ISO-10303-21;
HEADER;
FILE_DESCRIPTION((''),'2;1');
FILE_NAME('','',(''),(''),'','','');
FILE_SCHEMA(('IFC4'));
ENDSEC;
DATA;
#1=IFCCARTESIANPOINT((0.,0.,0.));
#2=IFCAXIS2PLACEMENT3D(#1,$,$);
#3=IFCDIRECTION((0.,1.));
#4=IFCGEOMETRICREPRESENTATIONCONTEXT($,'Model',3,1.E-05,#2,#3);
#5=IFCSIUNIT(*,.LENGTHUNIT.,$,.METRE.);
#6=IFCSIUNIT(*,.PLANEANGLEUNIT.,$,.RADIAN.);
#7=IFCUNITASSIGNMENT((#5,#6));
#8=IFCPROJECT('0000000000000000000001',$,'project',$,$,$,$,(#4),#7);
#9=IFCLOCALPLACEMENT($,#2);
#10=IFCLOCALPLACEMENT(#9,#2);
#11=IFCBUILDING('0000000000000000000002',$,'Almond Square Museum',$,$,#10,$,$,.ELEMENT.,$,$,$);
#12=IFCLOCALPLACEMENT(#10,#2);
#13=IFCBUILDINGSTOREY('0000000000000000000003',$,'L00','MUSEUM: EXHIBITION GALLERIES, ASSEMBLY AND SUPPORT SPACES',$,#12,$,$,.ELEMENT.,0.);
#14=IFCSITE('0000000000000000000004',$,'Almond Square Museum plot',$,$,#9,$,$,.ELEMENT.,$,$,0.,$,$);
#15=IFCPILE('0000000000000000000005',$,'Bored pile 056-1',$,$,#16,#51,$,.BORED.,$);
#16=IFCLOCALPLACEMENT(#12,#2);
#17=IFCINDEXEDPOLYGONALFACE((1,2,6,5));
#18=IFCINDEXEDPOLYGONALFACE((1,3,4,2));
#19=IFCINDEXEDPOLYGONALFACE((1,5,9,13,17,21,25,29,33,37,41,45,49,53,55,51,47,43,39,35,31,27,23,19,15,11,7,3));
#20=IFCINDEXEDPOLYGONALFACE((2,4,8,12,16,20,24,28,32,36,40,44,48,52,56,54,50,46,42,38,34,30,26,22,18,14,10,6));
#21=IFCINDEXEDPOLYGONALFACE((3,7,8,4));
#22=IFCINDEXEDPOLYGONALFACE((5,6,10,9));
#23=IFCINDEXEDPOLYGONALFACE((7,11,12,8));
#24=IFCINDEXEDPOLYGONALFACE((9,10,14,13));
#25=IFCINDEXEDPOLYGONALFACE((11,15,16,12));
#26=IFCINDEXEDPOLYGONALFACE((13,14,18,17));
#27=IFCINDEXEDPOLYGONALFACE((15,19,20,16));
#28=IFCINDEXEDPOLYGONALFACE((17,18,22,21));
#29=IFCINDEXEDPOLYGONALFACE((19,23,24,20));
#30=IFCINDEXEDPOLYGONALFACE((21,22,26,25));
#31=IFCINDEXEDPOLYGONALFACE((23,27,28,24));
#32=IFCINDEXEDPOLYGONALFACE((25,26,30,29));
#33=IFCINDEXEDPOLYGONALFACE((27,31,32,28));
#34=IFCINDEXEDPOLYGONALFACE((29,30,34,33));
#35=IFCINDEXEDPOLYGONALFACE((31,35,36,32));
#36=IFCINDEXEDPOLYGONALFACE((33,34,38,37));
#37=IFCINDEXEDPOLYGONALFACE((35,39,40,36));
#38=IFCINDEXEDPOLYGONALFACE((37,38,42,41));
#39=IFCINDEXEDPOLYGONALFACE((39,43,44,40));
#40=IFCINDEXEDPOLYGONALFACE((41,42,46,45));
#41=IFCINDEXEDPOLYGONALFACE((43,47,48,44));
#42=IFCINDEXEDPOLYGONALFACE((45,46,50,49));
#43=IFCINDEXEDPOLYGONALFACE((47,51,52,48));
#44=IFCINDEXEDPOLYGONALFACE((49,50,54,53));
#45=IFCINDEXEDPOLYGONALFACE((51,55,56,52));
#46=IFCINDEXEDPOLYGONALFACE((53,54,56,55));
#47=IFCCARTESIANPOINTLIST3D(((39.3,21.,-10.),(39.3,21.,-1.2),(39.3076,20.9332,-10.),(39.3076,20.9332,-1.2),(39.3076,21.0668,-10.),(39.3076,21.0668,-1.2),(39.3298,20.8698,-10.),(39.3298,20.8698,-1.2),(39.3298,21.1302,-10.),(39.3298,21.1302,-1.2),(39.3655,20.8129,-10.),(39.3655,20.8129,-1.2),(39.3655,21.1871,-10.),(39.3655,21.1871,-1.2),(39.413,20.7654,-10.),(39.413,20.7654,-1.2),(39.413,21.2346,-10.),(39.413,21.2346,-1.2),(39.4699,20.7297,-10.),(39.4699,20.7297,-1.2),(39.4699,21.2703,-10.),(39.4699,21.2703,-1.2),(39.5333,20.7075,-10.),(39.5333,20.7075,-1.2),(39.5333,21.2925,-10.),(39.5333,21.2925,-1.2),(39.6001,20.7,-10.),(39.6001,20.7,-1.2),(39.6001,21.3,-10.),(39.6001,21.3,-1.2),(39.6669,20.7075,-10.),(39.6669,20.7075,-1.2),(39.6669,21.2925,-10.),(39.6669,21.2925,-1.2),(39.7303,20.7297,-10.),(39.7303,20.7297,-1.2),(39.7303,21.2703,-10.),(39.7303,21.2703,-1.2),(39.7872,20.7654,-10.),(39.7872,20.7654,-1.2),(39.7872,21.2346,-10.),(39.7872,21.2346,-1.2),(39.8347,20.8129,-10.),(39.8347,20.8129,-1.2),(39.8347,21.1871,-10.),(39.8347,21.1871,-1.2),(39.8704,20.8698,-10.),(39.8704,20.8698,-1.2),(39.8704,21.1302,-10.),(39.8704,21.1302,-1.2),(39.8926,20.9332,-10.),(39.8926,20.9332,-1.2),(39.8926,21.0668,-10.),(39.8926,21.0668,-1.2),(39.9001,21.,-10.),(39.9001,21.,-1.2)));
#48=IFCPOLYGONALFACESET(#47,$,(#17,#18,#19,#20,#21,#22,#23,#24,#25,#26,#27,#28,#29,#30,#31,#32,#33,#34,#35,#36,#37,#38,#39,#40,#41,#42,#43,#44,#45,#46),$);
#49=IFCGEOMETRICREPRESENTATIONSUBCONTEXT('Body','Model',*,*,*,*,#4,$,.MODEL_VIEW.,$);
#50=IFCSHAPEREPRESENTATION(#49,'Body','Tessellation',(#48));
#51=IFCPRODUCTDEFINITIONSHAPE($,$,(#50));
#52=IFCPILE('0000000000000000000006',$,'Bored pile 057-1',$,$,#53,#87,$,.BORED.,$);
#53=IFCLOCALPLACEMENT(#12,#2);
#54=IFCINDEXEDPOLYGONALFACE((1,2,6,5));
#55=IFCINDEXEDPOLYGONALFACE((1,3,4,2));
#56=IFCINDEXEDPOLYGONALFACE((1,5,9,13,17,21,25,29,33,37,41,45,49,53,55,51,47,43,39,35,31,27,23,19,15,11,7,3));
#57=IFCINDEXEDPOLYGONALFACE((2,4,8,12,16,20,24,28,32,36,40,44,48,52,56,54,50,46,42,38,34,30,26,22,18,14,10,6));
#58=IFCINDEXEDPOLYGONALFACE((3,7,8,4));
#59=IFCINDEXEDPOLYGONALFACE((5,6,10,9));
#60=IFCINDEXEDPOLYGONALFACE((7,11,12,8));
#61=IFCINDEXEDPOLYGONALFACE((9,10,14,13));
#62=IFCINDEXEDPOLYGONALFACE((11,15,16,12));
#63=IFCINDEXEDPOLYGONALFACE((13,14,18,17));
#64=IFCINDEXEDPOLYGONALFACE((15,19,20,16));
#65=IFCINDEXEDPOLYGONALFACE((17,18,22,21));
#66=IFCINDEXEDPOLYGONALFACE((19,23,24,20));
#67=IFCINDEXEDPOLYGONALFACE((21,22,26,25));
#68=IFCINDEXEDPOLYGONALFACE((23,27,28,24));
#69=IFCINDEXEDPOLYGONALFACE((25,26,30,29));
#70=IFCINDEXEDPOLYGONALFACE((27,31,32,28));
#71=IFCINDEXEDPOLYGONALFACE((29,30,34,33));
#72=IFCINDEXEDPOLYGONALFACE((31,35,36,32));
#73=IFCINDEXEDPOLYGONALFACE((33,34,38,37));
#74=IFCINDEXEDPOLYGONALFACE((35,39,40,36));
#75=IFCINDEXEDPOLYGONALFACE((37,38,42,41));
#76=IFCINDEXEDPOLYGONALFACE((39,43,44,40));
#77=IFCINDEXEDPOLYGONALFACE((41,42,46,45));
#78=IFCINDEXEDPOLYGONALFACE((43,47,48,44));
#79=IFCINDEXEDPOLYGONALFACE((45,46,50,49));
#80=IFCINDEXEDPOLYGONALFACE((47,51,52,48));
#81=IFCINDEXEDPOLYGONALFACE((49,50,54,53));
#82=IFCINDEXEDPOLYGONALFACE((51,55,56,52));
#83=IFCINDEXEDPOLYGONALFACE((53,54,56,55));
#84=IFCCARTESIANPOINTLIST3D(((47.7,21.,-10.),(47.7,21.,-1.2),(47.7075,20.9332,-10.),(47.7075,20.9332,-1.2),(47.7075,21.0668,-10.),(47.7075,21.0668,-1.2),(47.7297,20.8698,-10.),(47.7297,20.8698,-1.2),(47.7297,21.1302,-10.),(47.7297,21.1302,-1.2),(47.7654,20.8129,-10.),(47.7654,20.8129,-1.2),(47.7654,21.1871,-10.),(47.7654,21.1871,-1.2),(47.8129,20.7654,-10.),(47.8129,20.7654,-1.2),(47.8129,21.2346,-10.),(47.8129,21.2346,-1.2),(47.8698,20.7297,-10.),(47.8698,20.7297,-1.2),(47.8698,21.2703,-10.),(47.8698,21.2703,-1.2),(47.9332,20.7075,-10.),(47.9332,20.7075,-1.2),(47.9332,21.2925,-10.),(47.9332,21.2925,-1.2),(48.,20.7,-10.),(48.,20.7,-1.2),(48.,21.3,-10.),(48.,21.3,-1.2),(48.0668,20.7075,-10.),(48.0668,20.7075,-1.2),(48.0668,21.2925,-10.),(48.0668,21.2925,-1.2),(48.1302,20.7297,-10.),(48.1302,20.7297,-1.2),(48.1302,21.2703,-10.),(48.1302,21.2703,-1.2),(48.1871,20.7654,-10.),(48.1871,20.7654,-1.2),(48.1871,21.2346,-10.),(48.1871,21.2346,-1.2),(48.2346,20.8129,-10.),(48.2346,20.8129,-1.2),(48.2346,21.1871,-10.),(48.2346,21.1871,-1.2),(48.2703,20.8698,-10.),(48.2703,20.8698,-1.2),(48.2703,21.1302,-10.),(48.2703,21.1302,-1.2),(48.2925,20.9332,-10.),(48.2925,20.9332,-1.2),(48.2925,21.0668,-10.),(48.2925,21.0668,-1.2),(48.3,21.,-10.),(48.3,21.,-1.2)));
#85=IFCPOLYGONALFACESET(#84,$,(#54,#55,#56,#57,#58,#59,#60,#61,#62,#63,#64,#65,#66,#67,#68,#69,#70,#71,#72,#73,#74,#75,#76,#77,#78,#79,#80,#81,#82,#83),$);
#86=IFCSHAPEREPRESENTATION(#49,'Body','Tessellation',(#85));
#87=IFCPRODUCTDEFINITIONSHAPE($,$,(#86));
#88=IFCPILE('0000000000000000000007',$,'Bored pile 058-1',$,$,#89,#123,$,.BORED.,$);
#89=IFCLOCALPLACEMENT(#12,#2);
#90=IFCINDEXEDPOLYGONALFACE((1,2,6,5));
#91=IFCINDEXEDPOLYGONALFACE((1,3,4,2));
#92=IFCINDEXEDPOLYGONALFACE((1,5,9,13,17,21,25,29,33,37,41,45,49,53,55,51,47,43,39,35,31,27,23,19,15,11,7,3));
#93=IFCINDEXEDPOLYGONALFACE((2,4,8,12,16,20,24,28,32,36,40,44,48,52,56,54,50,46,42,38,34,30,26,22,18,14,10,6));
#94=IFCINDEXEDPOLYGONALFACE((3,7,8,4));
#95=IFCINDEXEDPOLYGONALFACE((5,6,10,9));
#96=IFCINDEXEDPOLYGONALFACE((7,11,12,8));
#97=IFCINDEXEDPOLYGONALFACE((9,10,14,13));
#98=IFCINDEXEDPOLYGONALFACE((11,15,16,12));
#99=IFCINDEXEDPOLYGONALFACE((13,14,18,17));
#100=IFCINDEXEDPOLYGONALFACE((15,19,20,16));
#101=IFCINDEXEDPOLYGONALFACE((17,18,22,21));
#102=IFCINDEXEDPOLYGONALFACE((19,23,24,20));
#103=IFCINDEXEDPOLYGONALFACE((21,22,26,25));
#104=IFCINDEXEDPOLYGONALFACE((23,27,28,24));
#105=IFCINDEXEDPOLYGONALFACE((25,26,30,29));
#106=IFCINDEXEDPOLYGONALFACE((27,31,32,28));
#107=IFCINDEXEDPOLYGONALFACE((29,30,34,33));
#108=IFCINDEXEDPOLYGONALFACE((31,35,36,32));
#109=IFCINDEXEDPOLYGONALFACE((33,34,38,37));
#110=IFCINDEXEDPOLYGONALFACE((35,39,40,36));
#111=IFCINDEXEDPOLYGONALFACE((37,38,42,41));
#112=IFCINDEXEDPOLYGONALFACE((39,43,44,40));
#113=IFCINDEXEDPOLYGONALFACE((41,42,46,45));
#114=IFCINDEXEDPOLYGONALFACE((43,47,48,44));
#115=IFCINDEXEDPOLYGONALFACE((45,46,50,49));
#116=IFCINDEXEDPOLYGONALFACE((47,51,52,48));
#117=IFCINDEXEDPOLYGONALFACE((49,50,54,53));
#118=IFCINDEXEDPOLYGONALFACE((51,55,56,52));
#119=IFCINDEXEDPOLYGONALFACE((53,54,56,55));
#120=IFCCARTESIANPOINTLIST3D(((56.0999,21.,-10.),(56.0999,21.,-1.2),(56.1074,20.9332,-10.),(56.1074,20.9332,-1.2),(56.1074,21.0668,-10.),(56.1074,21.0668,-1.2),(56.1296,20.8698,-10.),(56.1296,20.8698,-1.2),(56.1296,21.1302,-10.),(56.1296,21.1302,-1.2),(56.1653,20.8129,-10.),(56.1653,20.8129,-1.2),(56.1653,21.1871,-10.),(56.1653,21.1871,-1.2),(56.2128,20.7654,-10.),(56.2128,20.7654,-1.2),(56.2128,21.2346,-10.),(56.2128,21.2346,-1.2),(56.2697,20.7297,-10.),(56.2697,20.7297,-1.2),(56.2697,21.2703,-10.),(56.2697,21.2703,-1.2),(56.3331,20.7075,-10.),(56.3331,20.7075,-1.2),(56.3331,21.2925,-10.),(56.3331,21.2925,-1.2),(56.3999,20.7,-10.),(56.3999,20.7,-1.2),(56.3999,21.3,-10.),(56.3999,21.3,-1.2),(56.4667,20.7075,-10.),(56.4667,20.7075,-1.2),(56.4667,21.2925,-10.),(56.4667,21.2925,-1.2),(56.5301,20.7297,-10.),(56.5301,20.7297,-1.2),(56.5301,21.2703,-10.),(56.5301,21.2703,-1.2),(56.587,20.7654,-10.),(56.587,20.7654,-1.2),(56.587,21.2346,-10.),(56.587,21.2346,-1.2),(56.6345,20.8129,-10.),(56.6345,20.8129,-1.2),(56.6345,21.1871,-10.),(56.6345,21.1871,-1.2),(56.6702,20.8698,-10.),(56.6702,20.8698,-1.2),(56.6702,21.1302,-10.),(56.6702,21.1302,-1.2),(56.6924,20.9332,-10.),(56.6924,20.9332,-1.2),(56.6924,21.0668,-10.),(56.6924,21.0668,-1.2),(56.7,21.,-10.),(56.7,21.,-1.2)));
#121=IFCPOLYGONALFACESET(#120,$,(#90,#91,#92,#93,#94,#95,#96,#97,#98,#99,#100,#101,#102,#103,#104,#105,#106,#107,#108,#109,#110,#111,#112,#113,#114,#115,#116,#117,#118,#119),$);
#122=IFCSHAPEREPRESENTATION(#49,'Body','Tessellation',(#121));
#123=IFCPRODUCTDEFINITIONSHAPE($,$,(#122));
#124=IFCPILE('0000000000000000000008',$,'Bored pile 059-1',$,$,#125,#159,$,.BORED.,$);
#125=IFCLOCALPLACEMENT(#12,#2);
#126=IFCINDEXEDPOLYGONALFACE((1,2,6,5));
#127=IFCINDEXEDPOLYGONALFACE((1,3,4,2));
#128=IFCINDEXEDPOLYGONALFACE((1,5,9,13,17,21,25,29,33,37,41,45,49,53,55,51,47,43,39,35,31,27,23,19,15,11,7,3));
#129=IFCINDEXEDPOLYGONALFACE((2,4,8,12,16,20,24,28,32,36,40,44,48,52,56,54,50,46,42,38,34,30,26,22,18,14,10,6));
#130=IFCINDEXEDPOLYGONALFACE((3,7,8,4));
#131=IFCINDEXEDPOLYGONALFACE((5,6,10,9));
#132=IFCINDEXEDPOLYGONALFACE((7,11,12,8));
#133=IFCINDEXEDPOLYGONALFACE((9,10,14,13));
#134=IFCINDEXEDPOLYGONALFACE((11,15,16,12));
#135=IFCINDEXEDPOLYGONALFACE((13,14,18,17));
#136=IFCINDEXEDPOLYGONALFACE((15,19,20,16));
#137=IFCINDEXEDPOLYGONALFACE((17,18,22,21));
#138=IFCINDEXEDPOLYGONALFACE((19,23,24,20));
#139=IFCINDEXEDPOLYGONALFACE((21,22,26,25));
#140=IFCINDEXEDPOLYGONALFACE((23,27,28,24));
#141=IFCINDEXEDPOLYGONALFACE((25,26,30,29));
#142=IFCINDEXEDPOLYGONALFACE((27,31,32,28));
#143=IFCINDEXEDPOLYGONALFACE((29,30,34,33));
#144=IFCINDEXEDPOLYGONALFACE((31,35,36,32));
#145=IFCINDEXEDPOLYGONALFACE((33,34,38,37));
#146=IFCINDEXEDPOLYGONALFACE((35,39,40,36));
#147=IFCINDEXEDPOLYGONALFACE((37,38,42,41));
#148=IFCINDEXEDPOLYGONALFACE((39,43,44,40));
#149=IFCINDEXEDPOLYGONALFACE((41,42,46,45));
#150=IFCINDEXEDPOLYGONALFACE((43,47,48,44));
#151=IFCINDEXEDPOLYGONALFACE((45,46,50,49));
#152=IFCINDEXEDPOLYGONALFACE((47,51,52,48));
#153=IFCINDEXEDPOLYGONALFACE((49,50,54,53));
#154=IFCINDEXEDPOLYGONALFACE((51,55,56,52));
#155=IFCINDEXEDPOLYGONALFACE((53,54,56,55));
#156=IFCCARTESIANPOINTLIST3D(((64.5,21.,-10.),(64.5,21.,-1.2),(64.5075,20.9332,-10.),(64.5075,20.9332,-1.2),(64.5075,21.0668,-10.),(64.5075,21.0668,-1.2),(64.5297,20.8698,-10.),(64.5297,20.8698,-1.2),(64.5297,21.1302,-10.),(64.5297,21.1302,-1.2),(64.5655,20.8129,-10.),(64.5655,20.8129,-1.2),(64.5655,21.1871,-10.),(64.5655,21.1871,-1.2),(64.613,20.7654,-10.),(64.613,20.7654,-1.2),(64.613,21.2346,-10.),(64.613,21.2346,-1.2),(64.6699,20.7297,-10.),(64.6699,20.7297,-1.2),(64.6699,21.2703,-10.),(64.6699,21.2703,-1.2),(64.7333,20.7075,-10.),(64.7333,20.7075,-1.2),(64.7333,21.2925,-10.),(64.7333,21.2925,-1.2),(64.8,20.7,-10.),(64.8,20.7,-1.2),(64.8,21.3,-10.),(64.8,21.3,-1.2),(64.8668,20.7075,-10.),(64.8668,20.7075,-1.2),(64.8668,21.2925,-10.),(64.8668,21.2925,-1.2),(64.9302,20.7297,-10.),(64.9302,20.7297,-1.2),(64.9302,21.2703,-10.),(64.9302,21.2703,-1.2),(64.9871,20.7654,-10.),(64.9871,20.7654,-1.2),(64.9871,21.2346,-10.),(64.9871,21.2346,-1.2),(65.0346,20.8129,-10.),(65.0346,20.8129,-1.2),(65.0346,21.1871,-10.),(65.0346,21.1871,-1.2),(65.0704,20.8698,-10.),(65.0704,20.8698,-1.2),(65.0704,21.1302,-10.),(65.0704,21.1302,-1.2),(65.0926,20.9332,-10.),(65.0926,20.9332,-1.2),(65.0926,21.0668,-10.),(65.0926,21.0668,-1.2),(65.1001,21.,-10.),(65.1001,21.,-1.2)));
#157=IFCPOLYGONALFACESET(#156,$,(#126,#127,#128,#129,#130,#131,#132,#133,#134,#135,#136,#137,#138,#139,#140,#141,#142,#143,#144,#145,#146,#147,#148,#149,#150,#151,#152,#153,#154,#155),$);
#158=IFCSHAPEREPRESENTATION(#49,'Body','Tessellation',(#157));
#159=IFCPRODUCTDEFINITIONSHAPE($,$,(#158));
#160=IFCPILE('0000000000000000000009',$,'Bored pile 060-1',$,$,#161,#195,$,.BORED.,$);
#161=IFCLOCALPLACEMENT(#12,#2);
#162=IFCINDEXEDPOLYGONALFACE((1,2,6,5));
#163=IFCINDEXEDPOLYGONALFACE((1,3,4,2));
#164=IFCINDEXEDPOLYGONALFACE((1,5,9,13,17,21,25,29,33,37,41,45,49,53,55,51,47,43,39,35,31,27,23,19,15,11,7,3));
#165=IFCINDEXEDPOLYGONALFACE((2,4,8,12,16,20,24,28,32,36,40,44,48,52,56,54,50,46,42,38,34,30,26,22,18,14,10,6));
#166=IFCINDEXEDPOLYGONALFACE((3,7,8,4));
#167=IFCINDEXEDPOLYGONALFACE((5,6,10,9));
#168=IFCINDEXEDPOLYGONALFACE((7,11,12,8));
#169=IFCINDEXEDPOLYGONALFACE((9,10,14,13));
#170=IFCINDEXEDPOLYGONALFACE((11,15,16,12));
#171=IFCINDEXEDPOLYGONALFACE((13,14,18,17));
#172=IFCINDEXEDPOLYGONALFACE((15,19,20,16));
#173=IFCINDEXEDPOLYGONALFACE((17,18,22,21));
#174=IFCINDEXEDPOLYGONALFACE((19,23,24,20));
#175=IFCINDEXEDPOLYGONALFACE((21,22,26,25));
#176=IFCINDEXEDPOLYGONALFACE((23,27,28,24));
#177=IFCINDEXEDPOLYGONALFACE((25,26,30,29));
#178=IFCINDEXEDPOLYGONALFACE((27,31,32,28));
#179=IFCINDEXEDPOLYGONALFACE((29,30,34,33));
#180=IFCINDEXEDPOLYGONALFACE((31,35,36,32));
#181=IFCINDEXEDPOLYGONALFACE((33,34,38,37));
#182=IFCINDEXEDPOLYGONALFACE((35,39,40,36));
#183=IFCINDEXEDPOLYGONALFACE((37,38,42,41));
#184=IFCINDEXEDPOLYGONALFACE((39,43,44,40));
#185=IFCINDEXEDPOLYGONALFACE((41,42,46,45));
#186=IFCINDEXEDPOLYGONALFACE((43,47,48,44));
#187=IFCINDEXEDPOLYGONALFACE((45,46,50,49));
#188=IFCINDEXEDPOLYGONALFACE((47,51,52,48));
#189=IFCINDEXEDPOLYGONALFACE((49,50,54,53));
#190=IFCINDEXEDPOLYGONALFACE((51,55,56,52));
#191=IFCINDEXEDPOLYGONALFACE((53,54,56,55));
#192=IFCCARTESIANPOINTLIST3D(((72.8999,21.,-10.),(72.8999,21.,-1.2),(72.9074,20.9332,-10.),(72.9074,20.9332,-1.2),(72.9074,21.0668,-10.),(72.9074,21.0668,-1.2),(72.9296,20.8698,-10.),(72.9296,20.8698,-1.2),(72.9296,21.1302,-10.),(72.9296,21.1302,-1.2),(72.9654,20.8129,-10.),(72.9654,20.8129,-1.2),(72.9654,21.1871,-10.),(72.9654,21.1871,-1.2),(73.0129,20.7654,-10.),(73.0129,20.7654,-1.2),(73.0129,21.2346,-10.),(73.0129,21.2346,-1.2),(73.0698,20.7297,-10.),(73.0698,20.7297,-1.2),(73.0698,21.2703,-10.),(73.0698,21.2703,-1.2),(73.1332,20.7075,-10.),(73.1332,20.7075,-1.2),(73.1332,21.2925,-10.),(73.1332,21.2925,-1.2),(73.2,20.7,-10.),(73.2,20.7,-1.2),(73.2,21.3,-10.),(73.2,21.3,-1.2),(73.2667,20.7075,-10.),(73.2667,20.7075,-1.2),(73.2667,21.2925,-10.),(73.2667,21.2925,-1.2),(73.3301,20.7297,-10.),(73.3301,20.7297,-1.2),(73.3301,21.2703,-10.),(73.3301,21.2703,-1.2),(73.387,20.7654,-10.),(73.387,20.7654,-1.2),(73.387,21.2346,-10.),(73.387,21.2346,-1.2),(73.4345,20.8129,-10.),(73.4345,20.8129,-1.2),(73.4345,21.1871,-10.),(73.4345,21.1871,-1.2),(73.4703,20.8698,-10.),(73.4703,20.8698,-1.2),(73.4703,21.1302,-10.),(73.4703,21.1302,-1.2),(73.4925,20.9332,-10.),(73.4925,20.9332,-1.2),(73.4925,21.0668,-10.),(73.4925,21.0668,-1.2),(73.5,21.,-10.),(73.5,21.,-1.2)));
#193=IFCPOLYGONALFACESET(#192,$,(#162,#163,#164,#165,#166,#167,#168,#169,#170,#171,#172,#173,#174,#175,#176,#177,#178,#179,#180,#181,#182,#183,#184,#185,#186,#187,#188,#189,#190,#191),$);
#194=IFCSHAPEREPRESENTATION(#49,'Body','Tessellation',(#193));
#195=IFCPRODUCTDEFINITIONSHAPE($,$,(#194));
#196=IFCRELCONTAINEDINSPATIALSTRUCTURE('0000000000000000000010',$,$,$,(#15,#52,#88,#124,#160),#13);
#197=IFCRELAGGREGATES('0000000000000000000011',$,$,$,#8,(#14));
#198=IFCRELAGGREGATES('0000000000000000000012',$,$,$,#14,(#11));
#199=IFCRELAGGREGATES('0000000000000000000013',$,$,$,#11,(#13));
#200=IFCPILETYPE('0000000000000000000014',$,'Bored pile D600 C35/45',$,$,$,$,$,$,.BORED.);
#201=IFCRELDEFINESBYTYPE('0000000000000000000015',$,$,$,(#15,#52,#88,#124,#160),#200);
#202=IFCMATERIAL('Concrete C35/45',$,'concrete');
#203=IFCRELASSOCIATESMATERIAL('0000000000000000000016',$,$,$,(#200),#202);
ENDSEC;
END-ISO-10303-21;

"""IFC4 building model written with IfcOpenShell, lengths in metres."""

from ifc_helpers import new_model, si_unit, direction, frame, origin, origin_2d, place, context, subcontext, project, spatial, circle, extrude, material, material_profile, profile_set, type_object, element, save


model = new_model("IFC4")

# Units and contexts
model_context = context("Model", 3, precision=1e-05, world=origin(), true_north=direction((0.0, 1.0)))
body_context = subcontext(model_context, "Body", "Model", "MODEL_VIEW")
ifc_project = project(units=[si_unit("LENGTHUNIT", "METRE"), si_unit("PLANEANGLEUNIT", "RADIAN")], contexts=[model_context])

# Site, building, storey
site_placement = place(None, origin())
site = spatial("IfcSite", under=ifc_project, at=site_placement, Name="Almond Square Museum plot", CompositionType="ELEMENT", RefElevation=0.0)
building_placement = place(site_placement, origin())
building = spatial("IfcBuilding", under=site, at=building_placement, Name="Almond Square Museum", CompositionType="ELEMENT")
storey_placement = place(building_placement, origin())
storey = spatial("IfcBuildingStorey", under=building, at=storey_placement, Name="L00", Description="MUSEUM: EXHIBITION GALLERIES, ASSEMBLY AND SUPPORT SPACES", CompositionType="ELEMENT", Elevation=0.0)

# Piles
ifc_material_1 = material(Name="Concrete C35/45", Category="concrete")
ifc_material_profile_1 = material_profile(ifc_material_1, circle(Radius=0.3, at=origin_2d()))
ifc_profile_set_1 = profile_set([ifc_material_profile_1], Name="Concrete C35/45")
pile_type = type_object("IfcPileType", Name="Bored pile D600 C35/45", PredefinedType="BORED", material=ifc_profile_set_1)
for number, where, z_axis, x_axis, name in (
    (1, (39.6001, 21.0, -1.2), (0.0, 0.0, -1.0), (1.0, 0.0, 0.0), "Bored pile 056-1"),
    (2, (48.0, 21.0, -1.2), (0.0, 0.0, -1.0), (1.0, 0.0, 0.0), "Bored pile 057-1"),
    (3, (56.3999, 21.0, -1.2), (0.0, 0.0, -1.0), (1.0, 0.0, 0.0), "Bored pile 058-1"),
    (4, (64.8, 21.0, -1.2), (0.0, 0.0, -1.0), (1.0, 0.0, 0.0), "Bored pile 059-1"),
    (5, (73.2, 21.0, -1.2), (0.0, 0.0, -1.0), (1.0, 0.0, 0.0), "Bored pile 060-1"),
):
    element("IfcPile", number, at=place(storey_placement, frame(where, z_axis=z_axis, x_axis=x_axis)), inside=storey, type_object=pile_type, Name=name, PredefinedType="BORED", context=body_context, shape_type="SweptSolid", body=[
        extrude(circle(Radius=0.3, at=origin_2d()), origin(), (0.0, 0.0, 1.0), 8.8),
    ])

save(model, "model.ifc")
